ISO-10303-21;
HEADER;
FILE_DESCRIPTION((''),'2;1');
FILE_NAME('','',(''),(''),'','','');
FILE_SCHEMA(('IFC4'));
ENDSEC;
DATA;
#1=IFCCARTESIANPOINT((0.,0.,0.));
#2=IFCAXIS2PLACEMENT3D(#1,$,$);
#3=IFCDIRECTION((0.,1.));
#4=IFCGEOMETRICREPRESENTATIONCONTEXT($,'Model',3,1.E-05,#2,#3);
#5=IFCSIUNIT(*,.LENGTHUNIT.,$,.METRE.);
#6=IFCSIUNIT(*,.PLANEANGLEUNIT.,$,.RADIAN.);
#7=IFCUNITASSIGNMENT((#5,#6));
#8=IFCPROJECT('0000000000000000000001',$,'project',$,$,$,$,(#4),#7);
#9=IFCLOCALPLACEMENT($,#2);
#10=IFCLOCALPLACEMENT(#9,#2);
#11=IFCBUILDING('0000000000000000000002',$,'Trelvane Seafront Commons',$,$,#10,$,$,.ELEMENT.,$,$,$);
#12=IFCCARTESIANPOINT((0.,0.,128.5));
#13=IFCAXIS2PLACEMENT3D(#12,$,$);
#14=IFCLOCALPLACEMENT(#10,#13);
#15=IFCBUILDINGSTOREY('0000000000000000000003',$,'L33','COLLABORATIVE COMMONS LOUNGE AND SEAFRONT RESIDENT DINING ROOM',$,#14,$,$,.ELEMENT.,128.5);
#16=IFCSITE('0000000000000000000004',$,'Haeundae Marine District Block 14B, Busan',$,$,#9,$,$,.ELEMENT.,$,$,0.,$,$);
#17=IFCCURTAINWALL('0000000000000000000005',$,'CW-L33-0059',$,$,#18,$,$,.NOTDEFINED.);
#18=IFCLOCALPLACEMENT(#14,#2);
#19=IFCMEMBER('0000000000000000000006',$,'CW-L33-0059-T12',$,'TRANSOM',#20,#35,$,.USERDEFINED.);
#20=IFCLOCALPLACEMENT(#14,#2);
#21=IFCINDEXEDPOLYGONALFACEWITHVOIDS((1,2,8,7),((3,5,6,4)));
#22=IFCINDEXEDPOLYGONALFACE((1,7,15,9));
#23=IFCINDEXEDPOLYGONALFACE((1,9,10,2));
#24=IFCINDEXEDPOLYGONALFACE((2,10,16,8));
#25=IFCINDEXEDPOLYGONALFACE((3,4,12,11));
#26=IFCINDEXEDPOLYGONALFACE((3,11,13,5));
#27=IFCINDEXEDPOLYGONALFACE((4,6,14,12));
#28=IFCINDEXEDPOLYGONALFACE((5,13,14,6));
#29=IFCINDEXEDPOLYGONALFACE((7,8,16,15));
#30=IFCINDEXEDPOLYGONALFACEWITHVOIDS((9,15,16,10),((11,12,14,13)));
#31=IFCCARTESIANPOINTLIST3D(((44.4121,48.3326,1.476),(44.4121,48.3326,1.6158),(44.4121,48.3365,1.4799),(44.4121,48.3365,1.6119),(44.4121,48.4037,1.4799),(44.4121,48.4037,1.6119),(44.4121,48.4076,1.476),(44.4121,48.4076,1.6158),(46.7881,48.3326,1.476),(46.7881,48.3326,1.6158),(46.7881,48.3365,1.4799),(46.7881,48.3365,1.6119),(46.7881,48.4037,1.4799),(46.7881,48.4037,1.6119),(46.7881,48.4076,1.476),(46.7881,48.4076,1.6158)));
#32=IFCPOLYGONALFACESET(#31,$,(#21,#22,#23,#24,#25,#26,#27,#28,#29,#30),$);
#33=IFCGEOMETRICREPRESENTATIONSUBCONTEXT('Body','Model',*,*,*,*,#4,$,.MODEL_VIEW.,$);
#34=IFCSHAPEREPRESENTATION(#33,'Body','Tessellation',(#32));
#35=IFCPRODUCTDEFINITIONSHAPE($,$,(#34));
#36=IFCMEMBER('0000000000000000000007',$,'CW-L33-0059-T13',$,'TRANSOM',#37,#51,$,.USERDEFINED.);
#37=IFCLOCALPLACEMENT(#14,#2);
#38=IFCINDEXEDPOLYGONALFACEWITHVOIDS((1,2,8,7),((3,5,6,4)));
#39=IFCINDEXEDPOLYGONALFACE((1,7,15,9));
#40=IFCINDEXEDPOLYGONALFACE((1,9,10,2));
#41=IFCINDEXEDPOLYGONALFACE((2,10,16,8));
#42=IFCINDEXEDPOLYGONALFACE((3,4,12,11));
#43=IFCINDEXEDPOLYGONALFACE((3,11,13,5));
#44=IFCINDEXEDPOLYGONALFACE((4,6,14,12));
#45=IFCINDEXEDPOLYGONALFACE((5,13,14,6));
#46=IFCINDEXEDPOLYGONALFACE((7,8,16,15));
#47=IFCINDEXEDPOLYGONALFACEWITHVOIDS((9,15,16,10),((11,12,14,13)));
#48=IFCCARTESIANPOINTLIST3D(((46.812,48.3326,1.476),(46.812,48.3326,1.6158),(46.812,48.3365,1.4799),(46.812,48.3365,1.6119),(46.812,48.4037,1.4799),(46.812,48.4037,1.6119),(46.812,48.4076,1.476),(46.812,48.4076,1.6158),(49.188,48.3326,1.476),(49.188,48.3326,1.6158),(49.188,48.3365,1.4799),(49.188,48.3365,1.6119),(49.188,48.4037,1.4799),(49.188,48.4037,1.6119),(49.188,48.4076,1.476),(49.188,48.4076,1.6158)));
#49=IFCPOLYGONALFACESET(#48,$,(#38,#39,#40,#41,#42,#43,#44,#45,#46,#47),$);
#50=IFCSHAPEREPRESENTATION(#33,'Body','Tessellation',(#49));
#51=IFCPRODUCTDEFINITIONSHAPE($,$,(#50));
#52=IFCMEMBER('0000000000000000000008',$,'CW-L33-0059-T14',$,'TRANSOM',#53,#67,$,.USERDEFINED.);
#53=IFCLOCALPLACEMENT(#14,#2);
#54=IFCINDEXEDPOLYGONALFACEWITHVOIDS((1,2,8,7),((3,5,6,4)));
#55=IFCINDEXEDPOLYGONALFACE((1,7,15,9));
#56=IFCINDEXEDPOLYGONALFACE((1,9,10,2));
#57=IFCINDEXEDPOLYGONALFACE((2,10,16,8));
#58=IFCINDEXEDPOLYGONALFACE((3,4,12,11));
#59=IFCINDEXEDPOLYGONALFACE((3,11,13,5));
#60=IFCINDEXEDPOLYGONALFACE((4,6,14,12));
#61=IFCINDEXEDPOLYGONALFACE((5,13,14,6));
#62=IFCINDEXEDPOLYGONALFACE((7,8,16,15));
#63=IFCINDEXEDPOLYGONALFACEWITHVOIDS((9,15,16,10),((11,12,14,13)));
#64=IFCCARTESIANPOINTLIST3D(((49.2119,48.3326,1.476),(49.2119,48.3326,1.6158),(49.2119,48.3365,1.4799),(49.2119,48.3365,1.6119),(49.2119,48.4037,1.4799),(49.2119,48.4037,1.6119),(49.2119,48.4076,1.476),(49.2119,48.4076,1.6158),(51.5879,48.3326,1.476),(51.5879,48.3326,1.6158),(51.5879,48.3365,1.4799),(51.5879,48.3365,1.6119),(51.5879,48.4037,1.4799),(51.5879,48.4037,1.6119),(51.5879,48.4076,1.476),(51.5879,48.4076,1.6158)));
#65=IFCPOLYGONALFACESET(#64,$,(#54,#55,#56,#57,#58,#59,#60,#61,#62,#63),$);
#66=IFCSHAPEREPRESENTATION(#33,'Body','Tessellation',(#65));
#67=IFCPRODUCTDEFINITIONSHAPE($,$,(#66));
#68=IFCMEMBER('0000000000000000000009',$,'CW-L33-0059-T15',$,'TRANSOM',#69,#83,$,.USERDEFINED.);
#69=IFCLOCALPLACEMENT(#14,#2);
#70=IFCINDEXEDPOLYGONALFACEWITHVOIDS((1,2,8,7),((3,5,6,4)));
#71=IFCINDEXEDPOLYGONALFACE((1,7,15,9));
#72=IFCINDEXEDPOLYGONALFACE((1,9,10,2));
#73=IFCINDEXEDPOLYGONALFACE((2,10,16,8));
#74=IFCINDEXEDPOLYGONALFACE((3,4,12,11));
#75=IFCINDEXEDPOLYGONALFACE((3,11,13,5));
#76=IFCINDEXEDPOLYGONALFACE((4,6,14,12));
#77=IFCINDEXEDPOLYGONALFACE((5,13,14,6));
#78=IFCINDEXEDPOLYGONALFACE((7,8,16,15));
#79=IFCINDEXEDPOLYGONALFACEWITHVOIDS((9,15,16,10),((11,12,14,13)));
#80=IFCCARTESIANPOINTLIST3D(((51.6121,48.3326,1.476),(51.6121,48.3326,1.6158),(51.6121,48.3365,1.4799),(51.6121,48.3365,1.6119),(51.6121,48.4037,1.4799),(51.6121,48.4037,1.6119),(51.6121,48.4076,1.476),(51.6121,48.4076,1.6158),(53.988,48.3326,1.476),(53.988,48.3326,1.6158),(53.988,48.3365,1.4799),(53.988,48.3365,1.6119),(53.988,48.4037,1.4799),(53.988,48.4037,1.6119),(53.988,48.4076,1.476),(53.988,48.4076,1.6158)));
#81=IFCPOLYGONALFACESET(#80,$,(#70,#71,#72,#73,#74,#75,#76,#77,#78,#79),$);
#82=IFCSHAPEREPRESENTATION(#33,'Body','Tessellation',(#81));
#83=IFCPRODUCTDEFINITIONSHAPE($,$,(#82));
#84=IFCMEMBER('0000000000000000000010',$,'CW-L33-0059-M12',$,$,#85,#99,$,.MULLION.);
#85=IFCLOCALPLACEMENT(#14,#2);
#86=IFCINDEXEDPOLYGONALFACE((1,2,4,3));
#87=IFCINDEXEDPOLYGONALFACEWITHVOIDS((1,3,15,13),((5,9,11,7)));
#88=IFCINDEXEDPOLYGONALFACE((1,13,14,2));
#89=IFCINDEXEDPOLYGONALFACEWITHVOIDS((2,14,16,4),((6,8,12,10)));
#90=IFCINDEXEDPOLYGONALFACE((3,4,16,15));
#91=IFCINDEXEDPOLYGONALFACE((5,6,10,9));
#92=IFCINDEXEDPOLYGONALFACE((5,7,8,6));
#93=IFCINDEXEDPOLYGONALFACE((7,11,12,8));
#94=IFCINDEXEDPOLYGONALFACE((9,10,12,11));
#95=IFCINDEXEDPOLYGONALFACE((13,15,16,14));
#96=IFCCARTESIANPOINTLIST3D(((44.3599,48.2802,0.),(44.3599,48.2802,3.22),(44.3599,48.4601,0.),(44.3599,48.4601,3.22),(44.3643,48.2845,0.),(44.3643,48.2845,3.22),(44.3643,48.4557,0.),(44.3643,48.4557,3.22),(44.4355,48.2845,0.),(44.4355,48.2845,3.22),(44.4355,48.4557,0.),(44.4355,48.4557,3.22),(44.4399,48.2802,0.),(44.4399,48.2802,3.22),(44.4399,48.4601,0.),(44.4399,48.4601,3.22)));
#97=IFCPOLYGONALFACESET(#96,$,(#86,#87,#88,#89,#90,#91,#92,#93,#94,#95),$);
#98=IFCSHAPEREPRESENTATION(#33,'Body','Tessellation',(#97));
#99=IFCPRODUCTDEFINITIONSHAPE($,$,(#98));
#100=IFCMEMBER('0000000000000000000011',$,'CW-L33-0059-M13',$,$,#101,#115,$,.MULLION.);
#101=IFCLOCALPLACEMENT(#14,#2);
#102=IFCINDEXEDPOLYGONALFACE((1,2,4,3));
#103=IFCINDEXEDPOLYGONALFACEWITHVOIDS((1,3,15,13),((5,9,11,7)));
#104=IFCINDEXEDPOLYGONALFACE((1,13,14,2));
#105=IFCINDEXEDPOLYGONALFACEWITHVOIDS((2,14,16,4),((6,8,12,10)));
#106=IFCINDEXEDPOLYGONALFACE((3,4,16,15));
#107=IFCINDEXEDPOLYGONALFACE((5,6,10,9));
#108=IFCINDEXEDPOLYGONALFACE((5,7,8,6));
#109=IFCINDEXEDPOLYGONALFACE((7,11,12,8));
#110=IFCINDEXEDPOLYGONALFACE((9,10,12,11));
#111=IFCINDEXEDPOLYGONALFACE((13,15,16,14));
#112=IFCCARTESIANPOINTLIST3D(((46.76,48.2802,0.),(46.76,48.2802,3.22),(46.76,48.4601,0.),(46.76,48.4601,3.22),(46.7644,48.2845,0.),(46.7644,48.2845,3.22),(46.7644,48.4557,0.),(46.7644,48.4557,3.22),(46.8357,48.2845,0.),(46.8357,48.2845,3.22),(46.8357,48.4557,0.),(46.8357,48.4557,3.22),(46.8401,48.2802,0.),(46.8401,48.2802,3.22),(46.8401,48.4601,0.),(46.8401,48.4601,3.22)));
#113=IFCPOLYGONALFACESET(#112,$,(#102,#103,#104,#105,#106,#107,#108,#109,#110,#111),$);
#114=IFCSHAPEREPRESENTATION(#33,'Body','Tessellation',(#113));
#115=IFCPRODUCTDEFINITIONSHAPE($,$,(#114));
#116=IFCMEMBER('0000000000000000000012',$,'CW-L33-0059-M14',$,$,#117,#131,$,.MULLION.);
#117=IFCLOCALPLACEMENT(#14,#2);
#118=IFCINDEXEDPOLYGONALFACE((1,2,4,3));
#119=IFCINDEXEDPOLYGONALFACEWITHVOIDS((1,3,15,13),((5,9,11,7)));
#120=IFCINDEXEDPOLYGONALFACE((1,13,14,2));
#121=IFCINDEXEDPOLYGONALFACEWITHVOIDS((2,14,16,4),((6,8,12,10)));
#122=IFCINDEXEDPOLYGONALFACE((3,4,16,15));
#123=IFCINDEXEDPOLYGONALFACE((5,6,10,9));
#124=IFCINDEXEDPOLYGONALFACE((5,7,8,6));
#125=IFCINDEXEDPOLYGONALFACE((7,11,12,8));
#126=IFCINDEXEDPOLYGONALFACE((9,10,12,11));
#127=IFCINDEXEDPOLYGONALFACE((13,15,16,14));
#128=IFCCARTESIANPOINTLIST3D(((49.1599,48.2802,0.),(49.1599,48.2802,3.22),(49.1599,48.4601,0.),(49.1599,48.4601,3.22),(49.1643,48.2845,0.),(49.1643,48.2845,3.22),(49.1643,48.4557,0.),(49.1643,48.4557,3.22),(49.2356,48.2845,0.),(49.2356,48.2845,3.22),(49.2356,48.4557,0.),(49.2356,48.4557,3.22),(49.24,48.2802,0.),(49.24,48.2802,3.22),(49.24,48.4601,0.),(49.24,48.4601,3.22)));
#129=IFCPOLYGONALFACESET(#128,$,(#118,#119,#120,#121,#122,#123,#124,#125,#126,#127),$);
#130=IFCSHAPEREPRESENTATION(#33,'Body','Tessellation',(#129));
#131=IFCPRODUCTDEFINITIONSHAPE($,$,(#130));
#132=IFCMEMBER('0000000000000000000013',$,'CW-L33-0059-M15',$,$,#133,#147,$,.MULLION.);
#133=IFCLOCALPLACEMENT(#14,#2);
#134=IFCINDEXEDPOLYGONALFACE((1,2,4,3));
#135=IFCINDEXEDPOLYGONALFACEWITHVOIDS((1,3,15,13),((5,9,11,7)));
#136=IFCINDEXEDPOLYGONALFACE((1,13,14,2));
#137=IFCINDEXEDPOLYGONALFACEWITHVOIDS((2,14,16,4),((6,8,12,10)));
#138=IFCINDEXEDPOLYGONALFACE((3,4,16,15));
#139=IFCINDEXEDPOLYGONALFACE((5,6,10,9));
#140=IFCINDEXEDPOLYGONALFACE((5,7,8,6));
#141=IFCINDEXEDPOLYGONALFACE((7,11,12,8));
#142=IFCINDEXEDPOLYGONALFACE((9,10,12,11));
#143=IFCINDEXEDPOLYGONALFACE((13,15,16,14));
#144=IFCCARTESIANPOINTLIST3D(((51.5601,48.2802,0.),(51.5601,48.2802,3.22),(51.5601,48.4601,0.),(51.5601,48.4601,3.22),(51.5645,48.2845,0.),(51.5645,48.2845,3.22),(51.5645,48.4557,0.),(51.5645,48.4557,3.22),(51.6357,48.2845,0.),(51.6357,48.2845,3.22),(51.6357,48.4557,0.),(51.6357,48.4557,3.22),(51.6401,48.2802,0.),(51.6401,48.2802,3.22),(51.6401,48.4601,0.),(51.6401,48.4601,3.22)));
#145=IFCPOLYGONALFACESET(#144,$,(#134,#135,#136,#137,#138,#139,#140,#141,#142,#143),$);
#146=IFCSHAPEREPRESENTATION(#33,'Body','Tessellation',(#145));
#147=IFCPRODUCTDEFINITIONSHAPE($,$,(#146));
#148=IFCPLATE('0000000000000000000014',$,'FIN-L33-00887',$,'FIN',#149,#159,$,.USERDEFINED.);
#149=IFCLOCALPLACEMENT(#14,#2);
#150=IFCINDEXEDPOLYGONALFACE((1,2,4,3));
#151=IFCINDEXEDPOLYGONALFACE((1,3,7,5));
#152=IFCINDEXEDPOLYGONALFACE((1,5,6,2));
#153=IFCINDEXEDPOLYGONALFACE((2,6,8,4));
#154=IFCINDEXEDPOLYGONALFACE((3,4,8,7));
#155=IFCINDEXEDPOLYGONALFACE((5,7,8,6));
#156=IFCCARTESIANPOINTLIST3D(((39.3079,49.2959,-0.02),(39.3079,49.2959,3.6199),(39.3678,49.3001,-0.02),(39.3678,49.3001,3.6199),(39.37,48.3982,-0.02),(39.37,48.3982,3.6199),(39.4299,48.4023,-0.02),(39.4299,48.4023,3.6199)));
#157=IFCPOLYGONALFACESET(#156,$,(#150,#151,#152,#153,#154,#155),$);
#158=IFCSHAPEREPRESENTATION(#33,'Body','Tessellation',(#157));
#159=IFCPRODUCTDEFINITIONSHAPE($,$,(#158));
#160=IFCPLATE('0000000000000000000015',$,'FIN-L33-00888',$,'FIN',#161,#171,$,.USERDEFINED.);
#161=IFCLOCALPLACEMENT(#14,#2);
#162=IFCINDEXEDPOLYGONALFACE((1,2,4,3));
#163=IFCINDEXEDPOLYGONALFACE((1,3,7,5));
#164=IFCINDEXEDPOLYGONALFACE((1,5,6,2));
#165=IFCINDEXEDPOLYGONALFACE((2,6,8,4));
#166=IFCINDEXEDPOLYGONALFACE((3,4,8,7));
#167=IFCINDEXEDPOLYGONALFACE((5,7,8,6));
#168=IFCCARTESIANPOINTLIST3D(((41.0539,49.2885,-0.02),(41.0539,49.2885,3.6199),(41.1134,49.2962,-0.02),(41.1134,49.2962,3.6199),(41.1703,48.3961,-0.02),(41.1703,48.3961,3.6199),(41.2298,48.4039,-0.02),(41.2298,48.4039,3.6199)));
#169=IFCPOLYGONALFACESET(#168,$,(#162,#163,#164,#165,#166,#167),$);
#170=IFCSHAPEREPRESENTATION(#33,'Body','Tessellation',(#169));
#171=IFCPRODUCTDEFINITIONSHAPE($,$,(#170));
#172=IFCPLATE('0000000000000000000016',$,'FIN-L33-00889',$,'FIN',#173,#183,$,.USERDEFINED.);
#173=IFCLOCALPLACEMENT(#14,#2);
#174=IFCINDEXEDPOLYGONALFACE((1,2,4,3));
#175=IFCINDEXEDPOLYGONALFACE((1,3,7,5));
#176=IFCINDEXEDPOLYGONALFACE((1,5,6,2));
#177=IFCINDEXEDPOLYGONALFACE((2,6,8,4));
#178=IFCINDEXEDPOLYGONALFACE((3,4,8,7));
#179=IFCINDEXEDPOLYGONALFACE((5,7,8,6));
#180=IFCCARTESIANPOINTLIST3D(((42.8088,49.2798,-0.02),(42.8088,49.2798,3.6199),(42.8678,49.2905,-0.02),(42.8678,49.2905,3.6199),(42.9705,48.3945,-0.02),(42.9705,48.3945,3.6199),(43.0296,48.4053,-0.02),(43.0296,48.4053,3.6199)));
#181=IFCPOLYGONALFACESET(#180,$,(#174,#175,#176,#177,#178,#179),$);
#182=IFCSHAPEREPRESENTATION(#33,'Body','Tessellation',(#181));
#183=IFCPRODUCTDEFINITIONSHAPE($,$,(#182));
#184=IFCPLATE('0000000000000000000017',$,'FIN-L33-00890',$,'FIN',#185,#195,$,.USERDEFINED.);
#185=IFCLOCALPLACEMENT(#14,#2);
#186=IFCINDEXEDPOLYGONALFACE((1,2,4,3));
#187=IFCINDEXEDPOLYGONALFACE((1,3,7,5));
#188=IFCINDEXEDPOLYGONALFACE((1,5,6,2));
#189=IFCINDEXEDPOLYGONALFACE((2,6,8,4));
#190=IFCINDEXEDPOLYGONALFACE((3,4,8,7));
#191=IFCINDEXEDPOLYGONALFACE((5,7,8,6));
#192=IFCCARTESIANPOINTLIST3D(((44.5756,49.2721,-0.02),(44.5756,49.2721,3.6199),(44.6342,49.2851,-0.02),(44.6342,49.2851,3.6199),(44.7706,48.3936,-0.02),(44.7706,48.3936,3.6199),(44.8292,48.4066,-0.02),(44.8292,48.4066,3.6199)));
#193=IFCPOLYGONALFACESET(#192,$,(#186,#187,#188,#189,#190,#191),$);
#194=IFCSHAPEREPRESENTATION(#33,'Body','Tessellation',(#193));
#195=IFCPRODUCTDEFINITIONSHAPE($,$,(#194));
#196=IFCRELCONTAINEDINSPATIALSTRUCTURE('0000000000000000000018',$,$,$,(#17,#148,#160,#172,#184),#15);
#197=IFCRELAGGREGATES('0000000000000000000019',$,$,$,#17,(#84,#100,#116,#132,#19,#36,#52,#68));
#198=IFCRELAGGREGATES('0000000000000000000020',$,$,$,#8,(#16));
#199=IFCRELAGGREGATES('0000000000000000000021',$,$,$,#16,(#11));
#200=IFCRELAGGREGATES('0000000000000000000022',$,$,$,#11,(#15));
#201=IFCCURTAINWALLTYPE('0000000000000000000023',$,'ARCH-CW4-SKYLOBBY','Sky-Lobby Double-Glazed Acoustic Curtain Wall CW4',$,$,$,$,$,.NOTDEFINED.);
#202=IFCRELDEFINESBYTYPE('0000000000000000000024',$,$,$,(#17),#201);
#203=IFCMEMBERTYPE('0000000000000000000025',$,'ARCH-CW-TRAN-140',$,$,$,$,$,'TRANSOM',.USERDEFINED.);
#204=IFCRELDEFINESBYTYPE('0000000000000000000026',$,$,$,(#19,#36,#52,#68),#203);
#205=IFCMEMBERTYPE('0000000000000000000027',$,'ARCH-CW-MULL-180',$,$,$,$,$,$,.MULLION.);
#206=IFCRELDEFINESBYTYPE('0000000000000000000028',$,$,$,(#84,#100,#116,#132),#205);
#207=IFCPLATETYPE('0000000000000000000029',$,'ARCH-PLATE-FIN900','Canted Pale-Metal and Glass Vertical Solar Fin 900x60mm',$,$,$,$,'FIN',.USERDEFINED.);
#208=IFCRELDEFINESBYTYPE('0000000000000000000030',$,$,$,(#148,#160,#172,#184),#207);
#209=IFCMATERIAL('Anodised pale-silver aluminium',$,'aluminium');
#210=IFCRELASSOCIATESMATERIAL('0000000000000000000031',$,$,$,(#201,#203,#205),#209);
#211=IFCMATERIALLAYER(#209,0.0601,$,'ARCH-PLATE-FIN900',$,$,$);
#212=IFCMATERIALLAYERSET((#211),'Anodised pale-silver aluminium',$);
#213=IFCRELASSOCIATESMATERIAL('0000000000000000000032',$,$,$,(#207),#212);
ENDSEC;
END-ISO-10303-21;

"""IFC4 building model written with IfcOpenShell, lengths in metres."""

from ifc_helpers import new_model, si_unit, direction, frame, origin, origin_2d, place, context, subcontext, project, spatial, rectangle, hollow_rectangle, extrude, source, transform, mapped, material, layer, layer_set, material_profile, profile_set, type_object, element, aggregate, save


model = new_model("IFC4")

# Units and contexts
model_context = context("Model", 3, precision=1e-05, world=origin(), true_north=direction((0.0, 1.0)))
body_context = subcontext(model_context, "Body", "Model", "MODEL_VIEW")
ifc_project = project(units=[si_unit("LENGTHUNIT", "METRE"), si_unit("PLANEANGLEUNIT", "RADIAN")], contexts=[model_context])

# Site, building, storey
site_placement = place(None, origin())
site = spatial("IfcSite", under=ifc_project, at=site_placement, Name="Haeundae Marine District Block 14B, Busan", CompositionType="ELEMENT", RefElevation=0.0)
building_placement = place(site_placement, origin())
building = spatial("IfcBuilding", under=site, at=building_placement, Name="Trelvane Seafront Commons", CompositionType="ELEMENT")
storey_placement = place(building_placement, frame((0.0, 0.0, 128.5)))
storey = spatial("IfcBuildingStorey", under=building, at=storey_placement, Name="L33", Description="COLLABORATIVE COMMONS LOUNGE AND SEAFRONT RESIDENT DINING ROOM", CompositionType="ELEMENT", Elevation=128.5)

# Curtain wall, members
ifc_material_1 = material(Name="Anodised pale-silver aluminium", Category="aluminium")
curtain_wall_type = type_object("IfcCurtainWallType", Name="ARCH-CW4-SKYLOBBY", Description="Sky-Lobby Double-Glazed Acoustic Curtain Wall CW4", PredefinedType="NOTDEFINED", material=ifc_material_1)
curtain_wall_placement = place(storey_placement, origin())
curtain_wall = element("IfcCurtainWall", 1, at=curtain_wall_placement, inside=storey, type_object=curtain_wall_type, Name="CW-L33-0059", PredefinedType="NOTDEFINED")
ifc_material_profile_1 = material_profile(ifc_material_1, hollow_rectangle(XDim=0.075, YDim=0.1399, WallThickness=0.0039, at=origin_2d()), Name="TRAN-75x140x4")
ifc_profile_set_1 = profile_set([ifc_material_profile_1], Name="Anodised pale-silver aluminium")
member_type_1 = type_object("IfcMemberType", Name="ARCH-CW-TRAN-140", ElementType="TRANSOM", PredefinedType="USERDEFINED", material=ifc_profile_set_1)
shared_shape_1 = source(origin(), body_context, "Body", "SweptSolid", [
    extrude(hollow_rectangle(XDim=0.075, YDim=0.1399, WallThickness=0.0039, at=origin_2d()), origin(), (0.0, 0.0, 1.0), 2.376),
])
member_1_placement = place(storey_placement, frame((44.4121, 48.3701, 1.5459), z_axis=(1.0, 0.0, 0.0), x_axis=(0.0, 1.0, 0.0)))
member_1 = element("IfcMember", 2, at=member_1_placement, type_object=member_type_1, Name="CW-L33-0059-T12", ObjectType="TRANSOM", PredefinedType="USERDEFINED", context=body_context, shape_type="MappedRepresentation", body=[
    mapped(shared_shape_1, transform((0.0, 0.0, 0.0), x_axis=(1.0, 0.0, 0.0), y_axis=(0.0, 1.0, 0.0), z_axis=(0.0, 0.0, 1.0), scale=1.0)),
])
member_2_placement = place(storey_placement, frame((46.812, 48.3701, 1.5459), z_axis=(1.0, 0.0, 0.0), x_axis=(0.0, 1.0, 0.0)))
member_2 = element("IfcMember", 3, at=member_2_placement, type_object=member_type_1, Name="CW-L33-0059-T13", ObjectType="TRANSOM", PredefinedType="USERDEFINED", context=body_context, shape_type="MappedRepresentation", body=[
    mapped(shared_shape_1, transform((0.0, 0.0, 0.0), x_axis=(1.0, 0.0, 0.0), y_axis=(0.0, 1.0, 0.0), z_axis=(0.0, 0.0, 1.0), scale=1.0)),
])
member_3_placement = place(storey_placement, frame((49.2119, 48.3701, 1.5459), z_axis=(1.0, 0.0, 0.0), x_axis=(0.0, 1.0, 0.0)))
member_3 = element("IfcMember", 4, at=member_3_placement, type_object=member_type_1, Name="CW-L33-0059-T14", ObjectType="TRANSOM", PredefinedType="USERDEFINED", context=body_context, shape_type="MappedRepresentation", body=[
    mapped(shared_shape_1, transform((0.0, 0.0, 0.0), x_axis=(1.0, 0.0, 0.0), y_axis=(0.0, 1.0, 0.0), z_axis=(0.0, 0.0, 1.0), scale=1.0)),
])
member_4_placement = place(storey_placement, frame((51.6121, 48.3701, 1.5459), z_axis=(1.0, 0.0, 0.0), x_axis=(0.0, 1.0, 0.0)))
member_4 = element("IfcMember", 5, at=member_4_placement, type_object=member_type_1, Name="CW-L33-0059-T15", ObjectType="TRANSOM", PredefinedType="USERDEFINED", context=body_context, shape_type="MappedRepresentation", body=[
    mapped(shared_shape_1, transform((0.0, 0.0, 0.0), x_axis=(1.0, 0.0, 0.0), y_axis=(0.0, 1.0, 0.0), z_axis=(0.0, 0.0, 1.0), scale=1.0)),
])
ifc_material_profile_2 = material_profile(ifc_material_1, hollow_rectangle(XDim=0.0801, YDim=0.1799, WallThickness=0.0044, at=origin_2d()), Name="MULL-80x180x4.5")
ifc_profile_set_2 = profile_set([ifc_material_profile_2], Name="Anodised pale-silver aluminium")
member_type_2 = type_object("IfcMemberType", Name="ARCH-CW-MULL-180", PredefinedType="MULLION", material=ifc_profile_set_2)
shared_shape_2 = source(origin(), body_context, "Body", "SweptSolid", [
    extrude(hollow_rectangle(XDim=0.0801, YDim=0.1799, WallThickness=0.0044, at=origin_2d()), origin(), (0.0, 0.0, 1.0), 3.22),
])
member_5_placement = place(storey_placement, frame((44.3999, 48.3701, 0.0), z_axis=(0.0, 0.0, 1.0), x_axis=(1.0, 0.0, 0.0)))
member_5 = element("IfcMember", 6, at=member_5_placement, type_object=member_type_2, Name="CW-L33-0059-M12", PredefinedType="MULLION", context=body_context, shape_type="MappedRepresentation", body=[
    mapped(shared_shape_2, transform((0.0, 0.0, 0.0), x_axis=(1.0, 0.0, 0.0), y_axis=(0.0, 1.0, 0.0), z_axis=(0.0, 0.0, 1.0), scale=1.0)),
])
member_6_placement = place(storey_placement, frame((46.8, 48.3701, 0.0), z_axis=(0.0, 0.0, 1.0), x_axis=(1.0, 0.0, 0.0)))
member_6 = element("IfcMember", 7, at=member_6_placement, type_object=member_type_2, Name="CW-L33-0059-M13", PredefinedType="MULLION", context=body_context, shape_type="MappedRepresentation", body=[
    mapped(shared_shape_2, transform((0.0, 0.0, 0.0), x_axis=(1.0, 0.0, 0.0), y_axis=(0.0, 1.0, 0.0), z_axis=(0.0, 0.0, 1.0), scale=1.0)),
])
member_7_placement = place(storey_placement, frame((49.2, 48.3701, 0.0), z_axis=(0.0, 0.0, 1.0), x_axis=(1.0, 0.0, 0.0)))
member_7 = element("IfcMember", 8, at=member_7_placement, type_object=member_type_2, Name="CW-L33-0059-M14", PredefinedType="MULLION", context=body_context, shape_type="MappedRepresentation", body=[
    mapped(shared_shape_2, transform((0.0, 0.0, 0.0), x_axis=(1.0, 0.0, 0.0), y_axis=(0.0, 1.0, 0.0), z_axis=(0.0, 0.0, 1.0), scale=1.0)),
])
member_8_placement = place(storey_placement, frame((51.6001, 48.3701, 0.0), z_axis=(0.0, 0.0, 1.0), x_axis=(1.0, 0.0, 0.0)))
member_8 = element("IfcMember", 9, at=member_8_placement, type_object=member_type_2, Name="CW-L33-0059-M15", PredefinedType="MULLION", context=body_context, shape_type="MappedRepresentation", body=[
    mapped(shared_shape_2, transform((0.0, 0.0, 0.0), x_axis=(1.0, 0.0, 0.0), y_axis=(0.0, 1.0, 0.0), z_axis=(0.0, 0.0, 1.0), scale=1.0)),
])

# Plates
ifc_layer_1 = layer(ifc_material_1, 0.0601, Name="ARCH-PLATE-FIN900")
ifc_layer_set_1 = layer_set([ifc_layer_1], Name="Anodised pale-silver aluminium")
plate_type_1 = type_object("IfcPlateType", Name="ARCH-PLATE-FIN900", Description="Canted Pale-Metal and Glass Vertical Solar Fin 900x60mm", ElementType="FIN", PredefinedType="USERDEFINED", material=ifc_layer_set_1)
shared_shape_3 = source(origin(), body_context, "Body", "SweptSolid", [
    extrude(rectangle(XDim=0.8999, YDim=0.0601, at=origin_2d()), origin(), (0.0, 0.0, 1.0), 3.6399),
])
for number, where, z_axis, x_axis, name in (
    (10, (39.3689, 48.8491, -0.02), (0.0, 0.0, 1.0), (-0.068997, 0.997617, 0.0), "FIN-L33-00887"),
    (11, (41.1418, 48.8462, -0.02), (0.0, 0.0, 1.0), (-0.129339, 0.9916, 0.0), "FIN-L33-00888"),
    (12, (42.9192, 48.8425, -0.02), (0.0, 0.0, 1.0), (-0.179784, 0.983706, 0.0), "FIN-L33-00889"),
    (13, (44.7024, 48.8394, -0.02), (0.0, 0.0, 1.0), (-0.216671, 0.976245, 0.0), "FIN-L33-00890"),
):
    element("IfcPlate", number, at=place(storey_placement, frame(where, z_axis=z_axis, x_axis=x_axis)), inside=storey, type_object=plate_type_1, Name=name, ObjectType="FIN", PredefinedType="USERDEFINED", context=body_context, shape_type="MappedRepresentation", body=[
        mapped(shared_shape_3, transform((0.0, 0.0, 0.0), x_axis=(1.0, 0.0, 0.0), y_axis=(0.0, 1.0, 0.0), z_axis=(0.0, 0.0, 1.0), scale=1.0)),
    ])

aggregate(curtain_wall, [member_5, member_6, member_7, member_8, member_1, member_2, member_3, member_4])

save(model, "model.ifc")
